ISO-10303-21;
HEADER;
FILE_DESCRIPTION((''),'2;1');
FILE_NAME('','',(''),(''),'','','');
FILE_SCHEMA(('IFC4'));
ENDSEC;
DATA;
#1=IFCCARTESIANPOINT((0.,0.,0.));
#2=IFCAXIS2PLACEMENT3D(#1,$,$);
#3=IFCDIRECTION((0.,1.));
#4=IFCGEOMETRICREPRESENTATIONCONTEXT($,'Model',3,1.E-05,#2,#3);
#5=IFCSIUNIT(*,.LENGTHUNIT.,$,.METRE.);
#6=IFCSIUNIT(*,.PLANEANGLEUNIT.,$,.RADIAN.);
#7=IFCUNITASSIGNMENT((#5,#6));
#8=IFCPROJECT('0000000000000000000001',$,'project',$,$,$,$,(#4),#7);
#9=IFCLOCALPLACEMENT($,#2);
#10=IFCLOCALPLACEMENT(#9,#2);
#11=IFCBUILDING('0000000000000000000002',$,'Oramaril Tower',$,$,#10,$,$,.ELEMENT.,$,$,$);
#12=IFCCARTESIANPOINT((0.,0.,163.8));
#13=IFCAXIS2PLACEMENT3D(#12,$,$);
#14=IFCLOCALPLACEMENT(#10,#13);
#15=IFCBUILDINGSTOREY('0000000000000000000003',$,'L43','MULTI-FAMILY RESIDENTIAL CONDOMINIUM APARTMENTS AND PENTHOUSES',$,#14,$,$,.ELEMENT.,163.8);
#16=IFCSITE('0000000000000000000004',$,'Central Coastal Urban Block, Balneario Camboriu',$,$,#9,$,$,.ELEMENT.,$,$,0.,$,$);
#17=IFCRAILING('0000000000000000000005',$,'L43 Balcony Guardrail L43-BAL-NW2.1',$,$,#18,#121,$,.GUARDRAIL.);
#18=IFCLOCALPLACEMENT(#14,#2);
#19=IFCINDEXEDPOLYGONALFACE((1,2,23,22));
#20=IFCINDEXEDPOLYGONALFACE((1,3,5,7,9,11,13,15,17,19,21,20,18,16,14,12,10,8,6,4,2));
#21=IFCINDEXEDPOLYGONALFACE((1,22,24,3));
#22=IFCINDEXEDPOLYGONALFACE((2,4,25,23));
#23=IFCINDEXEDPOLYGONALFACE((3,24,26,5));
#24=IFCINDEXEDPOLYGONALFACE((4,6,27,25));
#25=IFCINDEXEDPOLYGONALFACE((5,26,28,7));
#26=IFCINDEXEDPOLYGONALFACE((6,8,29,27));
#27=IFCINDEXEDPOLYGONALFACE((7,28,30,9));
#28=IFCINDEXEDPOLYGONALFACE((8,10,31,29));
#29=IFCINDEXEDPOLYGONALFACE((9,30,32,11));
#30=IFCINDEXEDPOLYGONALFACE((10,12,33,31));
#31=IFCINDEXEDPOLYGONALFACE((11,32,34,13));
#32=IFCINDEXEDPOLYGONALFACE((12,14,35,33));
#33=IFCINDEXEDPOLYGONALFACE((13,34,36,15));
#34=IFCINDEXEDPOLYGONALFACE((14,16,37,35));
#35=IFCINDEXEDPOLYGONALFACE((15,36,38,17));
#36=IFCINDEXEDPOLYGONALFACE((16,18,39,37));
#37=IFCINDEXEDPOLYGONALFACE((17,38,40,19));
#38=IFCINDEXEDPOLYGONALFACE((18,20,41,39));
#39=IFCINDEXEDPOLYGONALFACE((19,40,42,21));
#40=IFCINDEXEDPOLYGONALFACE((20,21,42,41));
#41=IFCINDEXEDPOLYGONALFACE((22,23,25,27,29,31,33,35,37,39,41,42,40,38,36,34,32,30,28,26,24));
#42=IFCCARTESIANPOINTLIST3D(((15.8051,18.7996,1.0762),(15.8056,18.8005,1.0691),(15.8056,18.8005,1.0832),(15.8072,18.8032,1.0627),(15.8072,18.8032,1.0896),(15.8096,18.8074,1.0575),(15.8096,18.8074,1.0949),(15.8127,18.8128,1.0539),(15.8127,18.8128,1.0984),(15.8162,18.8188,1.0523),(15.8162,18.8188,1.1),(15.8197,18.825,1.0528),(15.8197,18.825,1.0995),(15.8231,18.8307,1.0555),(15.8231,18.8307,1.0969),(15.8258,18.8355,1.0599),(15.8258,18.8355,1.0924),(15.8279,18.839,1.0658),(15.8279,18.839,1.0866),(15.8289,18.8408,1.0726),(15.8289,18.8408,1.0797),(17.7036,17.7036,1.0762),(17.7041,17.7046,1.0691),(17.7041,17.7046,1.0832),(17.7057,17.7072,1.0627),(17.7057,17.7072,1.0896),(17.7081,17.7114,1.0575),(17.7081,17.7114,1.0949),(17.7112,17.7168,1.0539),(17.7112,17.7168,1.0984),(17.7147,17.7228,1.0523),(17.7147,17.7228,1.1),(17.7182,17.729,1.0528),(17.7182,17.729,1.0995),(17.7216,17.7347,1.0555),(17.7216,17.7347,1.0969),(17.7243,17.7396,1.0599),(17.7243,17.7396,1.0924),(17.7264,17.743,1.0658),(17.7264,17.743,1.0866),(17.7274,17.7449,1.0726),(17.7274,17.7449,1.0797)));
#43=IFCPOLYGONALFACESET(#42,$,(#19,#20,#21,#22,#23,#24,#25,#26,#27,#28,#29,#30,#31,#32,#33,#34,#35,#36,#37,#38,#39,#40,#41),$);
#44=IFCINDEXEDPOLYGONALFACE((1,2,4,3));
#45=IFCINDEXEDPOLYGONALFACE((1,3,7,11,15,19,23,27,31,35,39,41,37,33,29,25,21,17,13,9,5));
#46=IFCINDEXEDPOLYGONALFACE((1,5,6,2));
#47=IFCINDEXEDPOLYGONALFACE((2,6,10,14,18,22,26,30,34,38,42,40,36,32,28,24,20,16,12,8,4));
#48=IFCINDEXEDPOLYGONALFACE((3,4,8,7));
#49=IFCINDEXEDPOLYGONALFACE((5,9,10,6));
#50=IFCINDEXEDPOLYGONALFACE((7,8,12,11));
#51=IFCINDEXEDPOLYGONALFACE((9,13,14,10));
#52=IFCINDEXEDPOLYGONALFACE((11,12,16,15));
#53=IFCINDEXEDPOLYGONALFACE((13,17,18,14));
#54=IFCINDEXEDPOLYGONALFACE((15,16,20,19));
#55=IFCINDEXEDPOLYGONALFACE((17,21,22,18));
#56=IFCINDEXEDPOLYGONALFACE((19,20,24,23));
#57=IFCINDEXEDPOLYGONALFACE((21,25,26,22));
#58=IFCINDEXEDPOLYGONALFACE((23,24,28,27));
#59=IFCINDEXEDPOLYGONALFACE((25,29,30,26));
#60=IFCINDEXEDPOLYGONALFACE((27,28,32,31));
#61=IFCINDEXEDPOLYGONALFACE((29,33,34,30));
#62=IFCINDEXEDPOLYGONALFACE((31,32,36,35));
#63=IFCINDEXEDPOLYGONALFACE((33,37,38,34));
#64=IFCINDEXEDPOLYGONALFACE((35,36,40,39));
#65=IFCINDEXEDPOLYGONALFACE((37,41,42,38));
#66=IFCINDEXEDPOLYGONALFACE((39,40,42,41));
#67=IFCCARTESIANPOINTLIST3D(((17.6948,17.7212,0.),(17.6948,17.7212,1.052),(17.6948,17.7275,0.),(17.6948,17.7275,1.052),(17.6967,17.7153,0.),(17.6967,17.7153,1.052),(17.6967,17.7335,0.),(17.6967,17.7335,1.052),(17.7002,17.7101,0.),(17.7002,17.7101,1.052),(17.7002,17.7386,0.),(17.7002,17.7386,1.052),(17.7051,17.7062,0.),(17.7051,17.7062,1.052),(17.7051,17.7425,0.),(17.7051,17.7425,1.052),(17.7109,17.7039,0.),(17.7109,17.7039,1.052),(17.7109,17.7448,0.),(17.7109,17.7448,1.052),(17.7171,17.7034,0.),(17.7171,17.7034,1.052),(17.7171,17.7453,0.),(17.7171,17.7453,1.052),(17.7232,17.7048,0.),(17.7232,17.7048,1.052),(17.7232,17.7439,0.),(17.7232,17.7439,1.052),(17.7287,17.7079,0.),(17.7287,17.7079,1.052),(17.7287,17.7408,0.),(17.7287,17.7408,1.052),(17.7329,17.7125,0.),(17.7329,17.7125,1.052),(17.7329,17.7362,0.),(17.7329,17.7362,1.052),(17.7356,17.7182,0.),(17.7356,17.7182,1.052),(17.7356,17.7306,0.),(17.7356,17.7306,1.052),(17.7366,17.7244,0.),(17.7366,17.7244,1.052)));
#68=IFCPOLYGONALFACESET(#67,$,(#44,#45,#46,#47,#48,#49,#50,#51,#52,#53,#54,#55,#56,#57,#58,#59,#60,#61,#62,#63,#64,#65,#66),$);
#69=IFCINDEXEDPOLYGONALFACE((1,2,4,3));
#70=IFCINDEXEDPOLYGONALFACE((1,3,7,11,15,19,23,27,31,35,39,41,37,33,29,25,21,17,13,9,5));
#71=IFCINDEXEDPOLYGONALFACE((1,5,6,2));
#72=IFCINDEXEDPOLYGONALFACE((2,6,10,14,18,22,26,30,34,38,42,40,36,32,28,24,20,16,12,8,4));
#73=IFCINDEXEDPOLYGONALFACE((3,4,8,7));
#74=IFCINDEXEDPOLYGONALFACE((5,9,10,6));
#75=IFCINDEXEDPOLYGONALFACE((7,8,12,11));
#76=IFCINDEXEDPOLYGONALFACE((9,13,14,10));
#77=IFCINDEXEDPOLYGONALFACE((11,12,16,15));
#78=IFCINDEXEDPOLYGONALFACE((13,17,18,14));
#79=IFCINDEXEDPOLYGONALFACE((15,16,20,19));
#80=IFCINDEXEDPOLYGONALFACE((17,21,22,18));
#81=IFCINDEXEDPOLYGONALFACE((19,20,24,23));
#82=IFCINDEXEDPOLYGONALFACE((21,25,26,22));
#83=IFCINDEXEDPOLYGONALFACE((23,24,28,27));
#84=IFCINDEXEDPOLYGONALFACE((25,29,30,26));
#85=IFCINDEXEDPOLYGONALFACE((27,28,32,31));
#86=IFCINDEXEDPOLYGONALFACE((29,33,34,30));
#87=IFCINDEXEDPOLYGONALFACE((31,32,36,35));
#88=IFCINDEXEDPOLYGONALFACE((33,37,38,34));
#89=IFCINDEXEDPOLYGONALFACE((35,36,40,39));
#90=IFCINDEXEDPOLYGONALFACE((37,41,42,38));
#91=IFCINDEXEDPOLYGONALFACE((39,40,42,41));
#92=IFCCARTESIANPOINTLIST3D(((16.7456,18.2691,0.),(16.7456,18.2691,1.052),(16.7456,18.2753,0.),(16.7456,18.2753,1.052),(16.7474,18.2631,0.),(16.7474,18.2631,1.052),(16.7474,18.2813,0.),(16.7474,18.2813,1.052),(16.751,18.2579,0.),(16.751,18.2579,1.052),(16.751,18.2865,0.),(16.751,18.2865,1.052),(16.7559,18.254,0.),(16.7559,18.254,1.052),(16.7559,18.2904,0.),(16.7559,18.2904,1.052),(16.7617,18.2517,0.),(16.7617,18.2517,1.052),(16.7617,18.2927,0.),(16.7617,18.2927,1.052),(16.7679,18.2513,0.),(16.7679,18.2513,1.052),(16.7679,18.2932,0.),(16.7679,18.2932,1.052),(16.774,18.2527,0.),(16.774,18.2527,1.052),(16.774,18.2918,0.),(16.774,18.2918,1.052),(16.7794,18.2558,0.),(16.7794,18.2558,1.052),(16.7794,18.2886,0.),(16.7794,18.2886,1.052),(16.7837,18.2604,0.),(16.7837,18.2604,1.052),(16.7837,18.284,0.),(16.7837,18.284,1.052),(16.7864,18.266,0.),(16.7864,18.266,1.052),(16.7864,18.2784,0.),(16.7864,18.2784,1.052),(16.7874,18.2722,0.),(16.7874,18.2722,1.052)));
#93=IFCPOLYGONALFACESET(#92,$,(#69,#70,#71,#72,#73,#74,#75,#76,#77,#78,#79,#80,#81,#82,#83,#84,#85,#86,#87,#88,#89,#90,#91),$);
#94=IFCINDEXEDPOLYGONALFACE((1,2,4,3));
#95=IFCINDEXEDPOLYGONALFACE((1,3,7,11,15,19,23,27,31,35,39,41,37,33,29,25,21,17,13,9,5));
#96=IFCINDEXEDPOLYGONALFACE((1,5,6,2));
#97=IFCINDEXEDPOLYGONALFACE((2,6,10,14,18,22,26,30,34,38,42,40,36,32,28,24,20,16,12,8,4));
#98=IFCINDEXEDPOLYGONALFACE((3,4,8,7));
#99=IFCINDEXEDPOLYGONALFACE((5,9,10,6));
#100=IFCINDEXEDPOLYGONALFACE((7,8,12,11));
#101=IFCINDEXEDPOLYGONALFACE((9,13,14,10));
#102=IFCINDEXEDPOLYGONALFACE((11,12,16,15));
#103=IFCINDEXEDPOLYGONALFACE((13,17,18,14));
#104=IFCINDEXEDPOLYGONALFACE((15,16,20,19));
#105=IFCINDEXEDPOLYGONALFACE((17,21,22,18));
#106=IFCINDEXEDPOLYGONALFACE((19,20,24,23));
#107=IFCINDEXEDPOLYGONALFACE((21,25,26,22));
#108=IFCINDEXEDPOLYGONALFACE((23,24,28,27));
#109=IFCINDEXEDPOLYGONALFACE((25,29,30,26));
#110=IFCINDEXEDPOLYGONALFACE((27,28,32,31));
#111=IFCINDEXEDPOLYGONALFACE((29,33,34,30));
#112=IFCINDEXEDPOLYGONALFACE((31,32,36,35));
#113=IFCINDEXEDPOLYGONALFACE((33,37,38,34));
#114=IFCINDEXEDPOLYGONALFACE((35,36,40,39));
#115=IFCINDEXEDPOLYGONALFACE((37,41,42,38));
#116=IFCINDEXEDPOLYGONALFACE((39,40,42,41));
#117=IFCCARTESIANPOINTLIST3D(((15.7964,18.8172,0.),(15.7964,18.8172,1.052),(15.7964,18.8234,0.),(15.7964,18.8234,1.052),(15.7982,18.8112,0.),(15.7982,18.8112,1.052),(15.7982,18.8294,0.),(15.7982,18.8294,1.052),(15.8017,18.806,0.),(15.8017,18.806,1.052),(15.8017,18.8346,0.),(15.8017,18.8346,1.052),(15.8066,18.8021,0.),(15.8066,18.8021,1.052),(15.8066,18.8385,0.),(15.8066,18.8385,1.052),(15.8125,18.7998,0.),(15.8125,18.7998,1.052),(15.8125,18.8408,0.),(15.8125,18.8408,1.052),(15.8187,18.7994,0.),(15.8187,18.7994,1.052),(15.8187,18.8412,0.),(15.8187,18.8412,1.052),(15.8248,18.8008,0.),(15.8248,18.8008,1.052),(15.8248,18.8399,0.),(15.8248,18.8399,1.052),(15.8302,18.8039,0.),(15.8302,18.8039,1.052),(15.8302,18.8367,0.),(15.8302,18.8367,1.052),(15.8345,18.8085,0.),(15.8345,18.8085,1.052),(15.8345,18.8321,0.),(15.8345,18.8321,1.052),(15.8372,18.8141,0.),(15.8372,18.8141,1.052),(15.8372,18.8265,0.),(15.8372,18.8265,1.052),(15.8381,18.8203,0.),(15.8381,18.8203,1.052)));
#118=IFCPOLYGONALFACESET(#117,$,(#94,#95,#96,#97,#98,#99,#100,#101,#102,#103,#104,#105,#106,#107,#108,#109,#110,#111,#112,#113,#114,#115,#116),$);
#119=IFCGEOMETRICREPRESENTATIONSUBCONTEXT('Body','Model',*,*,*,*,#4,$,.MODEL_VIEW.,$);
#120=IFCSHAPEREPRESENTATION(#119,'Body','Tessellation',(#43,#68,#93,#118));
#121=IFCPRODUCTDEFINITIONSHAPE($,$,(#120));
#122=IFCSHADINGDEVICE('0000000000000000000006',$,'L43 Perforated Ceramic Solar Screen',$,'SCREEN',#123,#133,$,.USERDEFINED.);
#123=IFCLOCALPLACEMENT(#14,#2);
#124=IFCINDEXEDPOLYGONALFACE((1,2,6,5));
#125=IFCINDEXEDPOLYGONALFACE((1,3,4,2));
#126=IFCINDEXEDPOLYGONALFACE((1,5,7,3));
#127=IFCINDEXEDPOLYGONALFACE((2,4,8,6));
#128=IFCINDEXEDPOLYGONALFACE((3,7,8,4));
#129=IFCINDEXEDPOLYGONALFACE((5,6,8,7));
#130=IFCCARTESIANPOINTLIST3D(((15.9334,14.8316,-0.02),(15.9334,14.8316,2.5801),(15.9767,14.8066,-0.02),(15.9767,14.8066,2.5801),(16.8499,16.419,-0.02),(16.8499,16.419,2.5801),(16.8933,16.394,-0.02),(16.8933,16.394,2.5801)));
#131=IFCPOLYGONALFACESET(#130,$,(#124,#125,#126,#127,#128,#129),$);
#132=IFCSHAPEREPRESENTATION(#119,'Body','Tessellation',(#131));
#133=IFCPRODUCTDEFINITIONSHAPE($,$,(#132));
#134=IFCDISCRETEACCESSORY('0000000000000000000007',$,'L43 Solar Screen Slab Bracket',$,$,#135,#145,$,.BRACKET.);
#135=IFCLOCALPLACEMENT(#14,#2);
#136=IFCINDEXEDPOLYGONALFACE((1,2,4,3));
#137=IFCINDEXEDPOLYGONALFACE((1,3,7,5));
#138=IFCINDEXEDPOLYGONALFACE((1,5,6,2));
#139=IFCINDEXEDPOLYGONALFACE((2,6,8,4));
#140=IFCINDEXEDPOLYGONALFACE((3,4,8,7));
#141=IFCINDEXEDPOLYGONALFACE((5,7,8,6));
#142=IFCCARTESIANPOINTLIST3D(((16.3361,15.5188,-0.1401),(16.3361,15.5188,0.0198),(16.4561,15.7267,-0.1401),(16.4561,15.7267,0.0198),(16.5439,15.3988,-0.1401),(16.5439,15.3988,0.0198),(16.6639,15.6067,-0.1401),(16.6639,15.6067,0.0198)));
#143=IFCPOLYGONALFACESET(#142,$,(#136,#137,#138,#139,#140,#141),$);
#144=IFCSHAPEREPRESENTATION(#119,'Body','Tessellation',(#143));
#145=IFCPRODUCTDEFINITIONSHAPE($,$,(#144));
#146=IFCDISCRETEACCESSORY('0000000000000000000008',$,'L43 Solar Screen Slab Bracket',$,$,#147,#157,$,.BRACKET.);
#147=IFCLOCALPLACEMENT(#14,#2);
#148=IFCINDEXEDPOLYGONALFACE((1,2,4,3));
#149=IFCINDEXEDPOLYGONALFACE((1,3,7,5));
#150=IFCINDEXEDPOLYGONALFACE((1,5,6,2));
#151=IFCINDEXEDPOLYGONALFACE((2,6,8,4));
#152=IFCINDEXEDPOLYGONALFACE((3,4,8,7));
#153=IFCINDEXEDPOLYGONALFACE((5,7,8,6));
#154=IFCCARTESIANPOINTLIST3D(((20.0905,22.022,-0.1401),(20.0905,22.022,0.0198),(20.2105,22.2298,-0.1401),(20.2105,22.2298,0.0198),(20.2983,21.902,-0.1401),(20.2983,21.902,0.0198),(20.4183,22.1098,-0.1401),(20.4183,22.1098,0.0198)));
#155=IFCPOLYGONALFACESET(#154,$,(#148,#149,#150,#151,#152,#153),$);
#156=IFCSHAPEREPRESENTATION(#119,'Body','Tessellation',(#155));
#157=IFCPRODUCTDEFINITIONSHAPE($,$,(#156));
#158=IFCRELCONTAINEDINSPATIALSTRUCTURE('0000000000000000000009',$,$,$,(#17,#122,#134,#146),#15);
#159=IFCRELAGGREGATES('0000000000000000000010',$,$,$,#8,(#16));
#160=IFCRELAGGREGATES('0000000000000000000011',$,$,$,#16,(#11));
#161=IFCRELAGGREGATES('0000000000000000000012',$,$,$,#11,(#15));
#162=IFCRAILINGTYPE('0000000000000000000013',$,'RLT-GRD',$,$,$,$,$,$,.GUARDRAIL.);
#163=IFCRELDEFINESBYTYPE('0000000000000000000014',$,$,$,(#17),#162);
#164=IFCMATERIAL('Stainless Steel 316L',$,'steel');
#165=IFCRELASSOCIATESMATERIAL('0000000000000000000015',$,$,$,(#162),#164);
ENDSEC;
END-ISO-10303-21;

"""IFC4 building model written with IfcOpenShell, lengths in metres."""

from ifc_helpers import new_model, si_unit, direction, frame, origin, origin_2d, place, context, subcontext, project, spatial, rectangle, circle, extrude, material, type_object, element, save


model = new_model("IFC4")

# Units and contexts
model_context = context("Model", 3, precision=1e-05, world=origin(), true_north=direction((0.0, 1.0)))
body_context = subcontext(model_context, "Body", "Model", "MODEL_VIEW")
ifc_project = project(units=[si_unit("LENGTHUNIT", "METRE"), si_unit("PLANEANGLEUNIT", "RADIAN")], contexts=[model_context])

# Site, building, storey
site_placement = place(None, origin())
site = spatial("IfcSite", under=ifc_project, at=site_placement, Name="Central Coastal Urban Block, Balneario Camboriu", CompositionType="ELEMENT", RefElevation=0.0)
building_placement = place(site_placement, origin())
building = spatial("IfcBuilding", under=site, at=building_placement, Name="Oramaril Tower", CompositionType="ELEMENT")
storey_placement = place(building_placement, frame((0.0, 0.0, 163.8)))
storey = spatial("IfcBuildingStorey", under=building, at=storey_placement, Name="L43", Description="MULTI-FAMILY RESIDENTIAL CONDOMINIUM APARTMENTS AND PENTHOUSES", CompositionType="ELEMENT", Elevation=163.8)

# Railing
ifc_material_1 = material(Name="Stainless Steel 316L", Category="steel")
railing_type = type_object("IfcRailingType", Name="RLT-GRD", PredefinedType="GUARDRAIL", material=ifc_material_1)
railing_1_placement = place(storey_placement, frame((17.7156, 17.7244, 0.0)))
element("IfcRailing", 1, at=railing_1_placement, inside=storey, type_object=railing_type, Name="L43 Balcony Guardrail L43-BAL-NW2.1", PredefinedType="GUARDRAIL", context=body_context, shape_type="SweptSolid", body=[
    extrude(circle(Radius=0.0239, at=origin_2d()), frame((0.0, 0.0, 1.0762), z_axis=(-0.866048, 0.49996, 0.0), x_axis=(-0.49996, -0.866048, 0.0)), (0.0, 0.0, 1.0), 2.1921),
    extrude(circle(Radius=0.021, at=origin_2d()), origin(), (0.0, 0.0, 1.0), 1.052),
    extrude(circle(Radius=0.021, at=origin_2d()), frame((-0.9492, 0.5479, 0.0)), (0.0, 0.0, 1.0), 1.052),
    extrude(circle(Radius=0.021, at=origin_2d()), frame((-1.8984, 1.0959, 0.0)), (0.0, 0.0, 1.0), 1.052),
])

# Shading device
shading_device_placement = place(storey_placement, frame((16.4133, 15.6128, -0.02), z_axis=(0.0, 0.0, 1.0), x_axis=(-0.5, -0.866025, 0.0)))
element("IfcShadingDevice", 2, at=shading_device_placement, inside=storey, Name="L43 Perforated Ceramic Solar Screen", ObjectType="SCREEN", PredefinedType="USERDEFINED", context=body_context, shape_type="SweptSolid", body=[
    extrude(rectangle(XDim=1.833, YDim=0.05, at=origin_2d()), origin(), (0.0, 0.0, 1.0), 2.6001),
])

# Discrete accessories
for number, where, z_axis, x_axis, name in (
    (3, (16.5, 15.5627, -0.1401), (0.0, 0.0, 1.0), (-0.5, -0.866025, 0.0), "L43 Solar Screen Slab Bracket"),
    (4, (20.2544, 22.0659, -0.1401), (0.0, 0.0, 1.0), (-0.5, -0.866025, 0.0), "L43 Solar Screen Slab Bracket"),
):
    element("IfcDiscreteAccessory", number, at=place(storey_placement, frame(where, z_axis=z_axis, x_axis=x_axis)), inside=storey, Name=name, PredefinedType="BRACKET", context=body_context, shape_type="SweptSolid", body=[
        extrude(rectangle(XDim=0.24, YDim=0.24, at=origin_2d()), origin(), (0.0, 0.0, 1.0), 0.1599),
    ])

save(model, "model.ifc")
